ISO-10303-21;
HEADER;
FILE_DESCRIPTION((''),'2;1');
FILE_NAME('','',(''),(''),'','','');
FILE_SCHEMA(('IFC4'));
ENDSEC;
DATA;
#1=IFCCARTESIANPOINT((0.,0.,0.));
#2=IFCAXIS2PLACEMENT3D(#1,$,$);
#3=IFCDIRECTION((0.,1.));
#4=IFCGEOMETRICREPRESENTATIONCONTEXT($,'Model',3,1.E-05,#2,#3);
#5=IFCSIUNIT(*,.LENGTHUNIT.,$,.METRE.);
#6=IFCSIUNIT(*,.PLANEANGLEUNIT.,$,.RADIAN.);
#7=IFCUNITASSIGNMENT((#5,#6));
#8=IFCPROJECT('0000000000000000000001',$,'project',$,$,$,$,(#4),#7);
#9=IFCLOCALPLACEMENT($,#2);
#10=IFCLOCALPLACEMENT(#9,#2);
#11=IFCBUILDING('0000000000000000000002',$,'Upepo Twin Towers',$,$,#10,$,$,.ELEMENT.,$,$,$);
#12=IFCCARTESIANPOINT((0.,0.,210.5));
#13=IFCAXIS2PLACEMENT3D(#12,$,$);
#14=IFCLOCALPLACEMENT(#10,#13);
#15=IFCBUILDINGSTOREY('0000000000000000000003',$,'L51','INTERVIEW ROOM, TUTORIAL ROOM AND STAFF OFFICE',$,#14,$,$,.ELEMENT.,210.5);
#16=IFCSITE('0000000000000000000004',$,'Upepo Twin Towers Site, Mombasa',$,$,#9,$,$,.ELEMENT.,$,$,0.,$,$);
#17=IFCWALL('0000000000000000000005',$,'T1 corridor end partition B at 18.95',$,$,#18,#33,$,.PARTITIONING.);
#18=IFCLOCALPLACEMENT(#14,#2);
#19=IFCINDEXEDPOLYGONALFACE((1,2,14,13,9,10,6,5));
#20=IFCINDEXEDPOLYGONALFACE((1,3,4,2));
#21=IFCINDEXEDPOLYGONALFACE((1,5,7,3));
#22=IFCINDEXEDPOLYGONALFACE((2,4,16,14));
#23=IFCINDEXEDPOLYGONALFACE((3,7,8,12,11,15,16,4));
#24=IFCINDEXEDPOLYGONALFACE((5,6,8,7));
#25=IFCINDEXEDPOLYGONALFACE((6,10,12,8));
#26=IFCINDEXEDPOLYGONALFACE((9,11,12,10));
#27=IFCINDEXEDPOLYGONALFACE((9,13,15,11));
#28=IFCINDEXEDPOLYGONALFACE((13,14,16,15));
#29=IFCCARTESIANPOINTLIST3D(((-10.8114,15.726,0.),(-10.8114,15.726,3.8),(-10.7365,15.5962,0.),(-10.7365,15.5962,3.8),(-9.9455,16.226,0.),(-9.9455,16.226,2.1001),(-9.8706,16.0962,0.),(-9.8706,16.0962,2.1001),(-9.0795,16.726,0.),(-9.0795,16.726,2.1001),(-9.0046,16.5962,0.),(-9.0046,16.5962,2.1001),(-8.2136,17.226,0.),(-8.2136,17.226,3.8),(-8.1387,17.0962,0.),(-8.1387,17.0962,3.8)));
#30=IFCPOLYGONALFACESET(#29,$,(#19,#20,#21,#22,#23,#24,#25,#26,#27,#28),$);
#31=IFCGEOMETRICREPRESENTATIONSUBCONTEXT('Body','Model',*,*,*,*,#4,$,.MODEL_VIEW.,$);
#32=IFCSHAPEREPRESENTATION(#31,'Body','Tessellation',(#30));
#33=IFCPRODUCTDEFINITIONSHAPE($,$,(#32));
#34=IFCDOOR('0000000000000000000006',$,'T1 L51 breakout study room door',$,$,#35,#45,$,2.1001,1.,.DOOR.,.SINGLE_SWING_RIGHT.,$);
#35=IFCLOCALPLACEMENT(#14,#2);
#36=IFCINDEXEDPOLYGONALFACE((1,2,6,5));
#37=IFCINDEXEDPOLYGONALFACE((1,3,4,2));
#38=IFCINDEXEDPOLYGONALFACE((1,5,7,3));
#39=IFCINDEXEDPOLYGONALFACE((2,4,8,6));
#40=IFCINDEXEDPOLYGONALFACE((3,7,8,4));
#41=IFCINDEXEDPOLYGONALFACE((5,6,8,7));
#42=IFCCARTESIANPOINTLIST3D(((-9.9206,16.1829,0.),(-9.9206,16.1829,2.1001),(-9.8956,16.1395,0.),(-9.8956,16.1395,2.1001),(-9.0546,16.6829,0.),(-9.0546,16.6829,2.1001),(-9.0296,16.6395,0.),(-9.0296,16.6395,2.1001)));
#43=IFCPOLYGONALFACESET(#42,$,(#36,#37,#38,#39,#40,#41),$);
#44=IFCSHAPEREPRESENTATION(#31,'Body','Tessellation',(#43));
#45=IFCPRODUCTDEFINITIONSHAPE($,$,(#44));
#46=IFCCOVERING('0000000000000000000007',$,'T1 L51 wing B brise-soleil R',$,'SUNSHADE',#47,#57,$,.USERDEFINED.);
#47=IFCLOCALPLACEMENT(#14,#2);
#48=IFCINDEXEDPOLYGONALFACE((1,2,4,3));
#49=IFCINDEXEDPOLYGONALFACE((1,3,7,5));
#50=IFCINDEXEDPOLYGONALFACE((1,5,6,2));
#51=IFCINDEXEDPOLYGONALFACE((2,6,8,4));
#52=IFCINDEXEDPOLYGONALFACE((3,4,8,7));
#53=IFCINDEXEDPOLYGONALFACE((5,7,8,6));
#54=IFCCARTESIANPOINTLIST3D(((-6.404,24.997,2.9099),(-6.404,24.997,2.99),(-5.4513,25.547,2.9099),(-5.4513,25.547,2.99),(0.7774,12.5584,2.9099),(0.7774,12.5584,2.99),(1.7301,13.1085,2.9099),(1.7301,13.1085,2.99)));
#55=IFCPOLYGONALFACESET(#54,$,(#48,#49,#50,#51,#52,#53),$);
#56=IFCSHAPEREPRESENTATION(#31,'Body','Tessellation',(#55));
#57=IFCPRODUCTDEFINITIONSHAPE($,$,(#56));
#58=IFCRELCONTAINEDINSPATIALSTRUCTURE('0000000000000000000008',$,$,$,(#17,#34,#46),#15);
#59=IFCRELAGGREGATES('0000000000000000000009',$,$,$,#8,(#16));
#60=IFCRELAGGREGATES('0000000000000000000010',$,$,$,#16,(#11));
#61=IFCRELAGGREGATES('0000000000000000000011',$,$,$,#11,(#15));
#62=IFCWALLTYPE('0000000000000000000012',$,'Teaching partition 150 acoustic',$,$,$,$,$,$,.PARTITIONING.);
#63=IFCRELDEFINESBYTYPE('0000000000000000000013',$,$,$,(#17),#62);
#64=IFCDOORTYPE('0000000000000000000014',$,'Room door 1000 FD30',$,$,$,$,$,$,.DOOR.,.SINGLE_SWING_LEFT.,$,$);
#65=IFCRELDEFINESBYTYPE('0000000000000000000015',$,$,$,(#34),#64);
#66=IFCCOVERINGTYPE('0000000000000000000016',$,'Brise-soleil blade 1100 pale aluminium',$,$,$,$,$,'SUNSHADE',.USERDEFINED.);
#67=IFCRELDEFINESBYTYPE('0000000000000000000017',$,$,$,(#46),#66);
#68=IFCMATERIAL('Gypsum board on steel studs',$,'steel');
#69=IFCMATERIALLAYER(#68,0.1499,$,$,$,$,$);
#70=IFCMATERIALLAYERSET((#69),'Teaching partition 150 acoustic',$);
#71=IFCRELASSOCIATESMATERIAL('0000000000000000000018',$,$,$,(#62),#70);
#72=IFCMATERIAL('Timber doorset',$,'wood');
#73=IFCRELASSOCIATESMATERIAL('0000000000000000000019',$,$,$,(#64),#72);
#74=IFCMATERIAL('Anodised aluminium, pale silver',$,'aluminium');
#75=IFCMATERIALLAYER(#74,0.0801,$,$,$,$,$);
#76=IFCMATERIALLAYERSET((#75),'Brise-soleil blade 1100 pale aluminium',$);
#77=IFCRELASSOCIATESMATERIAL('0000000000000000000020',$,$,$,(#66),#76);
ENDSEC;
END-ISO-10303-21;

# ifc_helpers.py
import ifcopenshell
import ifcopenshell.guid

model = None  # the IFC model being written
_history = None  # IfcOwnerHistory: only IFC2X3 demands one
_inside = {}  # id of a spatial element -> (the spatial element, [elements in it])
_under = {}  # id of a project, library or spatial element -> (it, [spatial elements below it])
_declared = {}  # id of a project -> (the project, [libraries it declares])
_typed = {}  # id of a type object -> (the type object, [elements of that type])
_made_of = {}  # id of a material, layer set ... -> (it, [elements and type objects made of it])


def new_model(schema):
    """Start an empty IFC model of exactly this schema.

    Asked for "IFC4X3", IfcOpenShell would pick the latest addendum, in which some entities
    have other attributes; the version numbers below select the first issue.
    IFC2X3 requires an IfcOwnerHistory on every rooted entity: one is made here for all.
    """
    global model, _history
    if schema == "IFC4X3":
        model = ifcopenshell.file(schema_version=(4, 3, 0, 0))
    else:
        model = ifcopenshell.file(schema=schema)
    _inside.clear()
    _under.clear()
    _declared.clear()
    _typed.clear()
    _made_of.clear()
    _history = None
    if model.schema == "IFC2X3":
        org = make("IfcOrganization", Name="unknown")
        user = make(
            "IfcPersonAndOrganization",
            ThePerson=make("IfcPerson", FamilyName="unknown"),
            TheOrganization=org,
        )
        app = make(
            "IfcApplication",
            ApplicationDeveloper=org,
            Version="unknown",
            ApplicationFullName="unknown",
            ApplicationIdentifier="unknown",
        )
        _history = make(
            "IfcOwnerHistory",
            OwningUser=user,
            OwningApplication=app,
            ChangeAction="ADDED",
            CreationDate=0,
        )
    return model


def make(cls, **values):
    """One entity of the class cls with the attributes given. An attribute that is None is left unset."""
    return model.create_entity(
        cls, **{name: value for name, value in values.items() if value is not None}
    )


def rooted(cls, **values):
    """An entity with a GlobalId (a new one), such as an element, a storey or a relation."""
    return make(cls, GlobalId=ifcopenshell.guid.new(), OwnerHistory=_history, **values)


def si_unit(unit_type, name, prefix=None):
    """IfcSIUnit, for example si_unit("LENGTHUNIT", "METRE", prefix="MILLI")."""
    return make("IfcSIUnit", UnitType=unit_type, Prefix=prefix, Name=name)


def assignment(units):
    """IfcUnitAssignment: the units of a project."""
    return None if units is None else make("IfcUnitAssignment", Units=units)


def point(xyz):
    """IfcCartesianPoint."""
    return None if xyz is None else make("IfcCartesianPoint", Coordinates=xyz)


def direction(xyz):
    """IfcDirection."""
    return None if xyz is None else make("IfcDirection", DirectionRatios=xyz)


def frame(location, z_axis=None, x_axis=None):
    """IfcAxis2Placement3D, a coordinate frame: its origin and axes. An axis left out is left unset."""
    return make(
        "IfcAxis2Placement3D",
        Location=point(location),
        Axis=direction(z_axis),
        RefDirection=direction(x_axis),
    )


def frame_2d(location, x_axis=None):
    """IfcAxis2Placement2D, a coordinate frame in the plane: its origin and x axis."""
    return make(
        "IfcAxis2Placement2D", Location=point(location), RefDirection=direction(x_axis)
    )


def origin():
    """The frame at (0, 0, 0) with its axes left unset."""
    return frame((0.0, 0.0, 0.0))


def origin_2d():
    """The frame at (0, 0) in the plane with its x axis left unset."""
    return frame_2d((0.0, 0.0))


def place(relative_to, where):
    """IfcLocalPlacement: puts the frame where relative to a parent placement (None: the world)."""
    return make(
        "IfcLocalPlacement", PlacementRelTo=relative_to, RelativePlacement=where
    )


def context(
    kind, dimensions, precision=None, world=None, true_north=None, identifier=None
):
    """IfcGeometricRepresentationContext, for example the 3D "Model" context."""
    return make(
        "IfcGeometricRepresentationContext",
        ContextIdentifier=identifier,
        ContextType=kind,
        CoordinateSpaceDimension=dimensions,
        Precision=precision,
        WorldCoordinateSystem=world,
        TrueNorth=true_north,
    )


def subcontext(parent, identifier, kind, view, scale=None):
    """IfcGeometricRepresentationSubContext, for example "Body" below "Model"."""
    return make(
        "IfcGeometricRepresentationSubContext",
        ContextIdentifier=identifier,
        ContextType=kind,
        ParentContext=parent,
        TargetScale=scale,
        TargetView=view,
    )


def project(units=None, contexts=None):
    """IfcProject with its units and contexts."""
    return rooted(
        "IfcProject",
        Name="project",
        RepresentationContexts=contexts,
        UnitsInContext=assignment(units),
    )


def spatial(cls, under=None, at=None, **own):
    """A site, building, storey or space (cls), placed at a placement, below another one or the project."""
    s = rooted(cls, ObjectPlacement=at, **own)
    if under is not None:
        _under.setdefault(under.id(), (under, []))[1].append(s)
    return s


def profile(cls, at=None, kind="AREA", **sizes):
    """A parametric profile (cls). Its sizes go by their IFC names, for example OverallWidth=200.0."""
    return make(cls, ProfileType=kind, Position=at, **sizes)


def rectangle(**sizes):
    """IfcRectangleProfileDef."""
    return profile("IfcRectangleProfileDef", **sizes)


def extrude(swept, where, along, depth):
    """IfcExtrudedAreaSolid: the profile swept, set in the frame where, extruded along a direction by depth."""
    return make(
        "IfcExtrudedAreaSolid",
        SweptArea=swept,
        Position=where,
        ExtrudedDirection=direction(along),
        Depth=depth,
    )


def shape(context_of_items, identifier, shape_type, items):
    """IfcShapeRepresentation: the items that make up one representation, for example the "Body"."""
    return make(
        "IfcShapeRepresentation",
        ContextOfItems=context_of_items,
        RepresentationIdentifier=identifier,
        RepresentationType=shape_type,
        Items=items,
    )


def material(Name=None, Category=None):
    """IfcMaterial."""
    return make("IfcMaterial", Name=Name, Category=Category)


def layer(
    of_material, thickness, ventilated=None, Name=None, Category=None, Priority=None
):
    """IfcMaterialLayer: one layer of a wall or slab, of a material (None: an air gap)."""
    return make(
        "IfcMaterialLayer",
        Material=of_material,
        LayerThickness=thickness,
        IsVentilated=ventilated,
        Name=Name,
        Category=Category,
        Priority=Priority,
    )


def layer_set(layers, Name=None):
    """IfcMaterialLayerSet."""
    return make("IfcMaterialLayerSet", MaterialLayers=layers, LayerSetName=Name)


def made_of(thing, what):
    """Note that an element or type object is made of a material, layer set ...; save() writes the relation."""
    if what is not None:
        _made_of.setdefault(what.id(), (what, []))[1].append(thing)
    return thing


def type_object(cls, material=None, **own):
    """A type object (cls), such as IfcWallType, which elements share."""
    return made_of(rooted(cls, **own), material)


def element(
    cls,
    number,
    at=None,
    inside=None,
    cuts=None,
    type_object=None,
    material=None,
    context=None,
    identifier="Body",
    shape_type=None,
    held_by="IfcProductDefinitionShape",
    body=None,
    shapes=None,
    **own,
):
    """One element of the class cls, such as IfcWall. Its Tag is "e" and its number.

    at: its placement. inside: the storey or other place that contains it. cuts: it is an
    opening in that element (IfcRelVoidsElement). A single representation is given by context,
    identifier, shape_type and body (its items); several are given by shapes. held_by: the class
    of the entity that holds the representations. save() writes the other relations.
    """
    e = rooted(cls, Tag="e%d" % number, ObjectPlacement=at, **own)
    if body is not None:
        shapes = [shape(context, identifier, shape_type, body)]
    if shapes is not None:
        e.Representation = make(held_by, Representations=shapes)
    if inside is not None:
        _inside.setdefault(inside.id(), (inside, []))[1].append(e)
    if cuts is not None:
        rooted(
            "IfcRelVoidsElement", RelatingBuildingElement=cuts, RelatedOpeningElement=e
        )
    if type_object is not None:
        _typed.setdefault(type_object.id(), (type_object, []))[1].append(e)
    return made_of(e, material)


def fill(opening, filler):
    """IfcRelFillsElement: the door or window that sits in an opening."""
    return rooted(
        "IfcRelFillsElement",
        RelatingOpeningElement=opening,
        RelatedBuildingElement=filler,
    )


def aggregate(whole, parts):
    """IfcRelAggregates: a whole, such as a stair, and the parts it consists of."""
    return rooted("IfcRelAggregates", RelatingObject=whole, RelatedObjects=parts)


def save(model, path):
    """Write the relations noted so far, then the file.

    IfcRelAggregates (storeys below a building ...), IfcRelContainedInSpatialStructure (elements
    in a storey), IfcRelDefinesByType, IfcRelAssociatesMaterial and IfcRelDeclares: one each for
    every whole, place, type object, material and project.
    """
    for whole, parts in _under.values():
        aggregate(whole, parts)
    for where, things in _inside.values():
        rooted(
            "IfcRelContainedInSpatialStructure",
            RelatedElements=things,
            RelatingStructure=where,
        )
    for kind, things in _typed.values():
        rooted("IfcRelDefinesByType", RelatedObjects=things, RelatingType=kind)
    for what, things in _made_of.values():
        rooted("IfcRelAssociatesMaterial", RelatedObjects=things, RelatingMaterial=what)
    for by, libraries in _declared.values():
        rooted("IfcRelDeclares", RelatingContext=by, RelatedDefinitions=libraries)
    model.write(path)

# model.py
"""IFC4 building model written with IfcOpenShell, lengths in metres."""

from ifc_helpers import new_model, si_unit, direction, frame, frame_2d, origin, origin_2d, place, context, subcontext, project, spatial, rectangle, extrude, material, layer, layer_set, type_object, element, fill, save


model = new_model("IFC4")

# Units and contexts
model_context = context("Model", 3, precision=1e-05, world=origin(), true_north=direction((0.0, 1.0)))
body_context = subcontext(model_context, "Body", "Model", "MODEL_VIEW")
ifc_project = project(units=[si_unit("LENGTHUNIT", "METRE"), si_unit("PLANEANGLEUNIT", "RADIAN")], contexts=[model_context])

# Site, building, storey
site_placement = place(None, origin())
site = spatial("IfcSite", under=ifc_project, at=site_placement, Name="Upepo Twin Towers Site, Mombasa", CompositionType="ELEMENT", RefElevation=0.0)
building_placement = place(site_placement, origin())
building = spatial("IfcBuilding", under=site, at=building_placement, Name="Upepo Twin Towers", CompositionType="ELEMENT")
storey_placement = place(building_placement, frame((0.0, 0.0, 210.5)))
storey = spatial("IfcBuildingStorey", under=building, at=storey_placement, Name="L51", Description="INTERVIEW ROOM, TUTORIAL ROOM AND STAFF OFFICE", CompositionType="ELEMENT", Elevation=210.5)

# Shared definitions
ifc_material_1 = material(Name="Gypsum board on steel studs", Category="steel")
ifc_layer_1 = layer(ifc_material_1, 0.1499)
ifc_layer_set_1 = layer_set([ifc_layer_1], Name="Teaching partition 150 acoustic")
wall_type_1 = type_object("IfcWallType", Name="Teaching partition 150 acoustic", PredefinedType="PARTITIONING", material=ifc_layer_set_1)

# Wall, opening, door
ifc_material_2 = material(Name="Timber doorset", Category="wood")
door_type = type_object("IfcDoorType", Name="Room door 1000 FD30", OperationType="SINGLE_SWING_LEFT", PredefinedType="DOOR", material=ifc_material_2)
wall_1_placement = place(storey_placement, frame((-8.176, 17.1611, 0.0), z_axis=(0.0, 0.0, 1.0), x_axis=(-0.866011, -0.500025, 0.0)))
wall_1 = element("IfcWall", 1, at=wall_1_placement, inside=storey, type_object=wall_type_1, Name="T1 corridor end partition B at 18.95", PredefinedType="PARTITIONING", context=body_context, shape_type="SweptSolid", body=[
    extrude(rectangle(XDim=2.9998, YDim=0.1499, at=frame_2d((1.5, 0.0))), origin(), (0.0, 0.0, 1.0), 3.8),
])
opening_1_placement = place(wall_1_placement, frame((1.0, 0.0, 0.0)))
opening_1 = element("IfcOpeningElement", 2, at=opening_1_placement, cuts=wall_1, PredefinedType="OPENING", context=body_context, shape_type="SweptSolid", body=[
    extrude(rectangle(XDim=1.0, YDim=2.1001, at=frame_2d((0.5, 1.05))), frame((0.0, 0.085, 0.0), z_axis=(0.0, -1.0, 0.0), x_axis=(1.0, 0.0, 0.0)), (0.0, 0.0, 1.0), 0.1699),
])
door_1_placement = place(opening_1_placement, origin())
door_1 = element("IfcDoor", 3, at=door_1_placement, inside=storey, type_object=door_type, Name="T1 L51 breakout study room door", OperationType="SINGLE_SWING_RIGHT", OverallHeight=2.1001, OverallWidth=1.0, PredefinedType="DOOR", context=body_context, shape_type="SweptSolid", body=[
    extrude(rectangle(XDim=1.0, YDim=2.1001, at=frame_2d((0.5, 1.05))), frame((0.0, 0.0249, 0.0), z_axis=(0.0, -1.0, 0.0), x_axis=(1.0, 0.0, 0.0)), (0.0, 0.0, 1.0), 0.05),
])
fill(opening_1, door_1)

# Covering
ifc_material_3 = material(Name="Anodised aluminium, pale silver", Category="aluminium")
ifc_layer_2 = layer(ifc_material_3, 0.0801)
ifc_layer_set_2 = layer_set([ifc_layer_2], Name="Brise-soleil blade 1100 pale aluminium")
covering_type = type_object("IfcCoveringType", Name="Brise-soleil blade 1100 pale aluminium", ElementType="SUNSHADE", PredefinedType="USERDEFINED", material=ifc_layer_set_2)
covering_placement = place(storey_placement, frame((-2.3369, 19.0527, 2.9099), z_axis=(0.0, 0.0, 1.0), x_axis=(-0.5, 0.866025, 0.0)))
element("IfcCovering", 4, at=covering_placement, inside=storey, type_object=covering_type, Name="T1 L51 wing B brise-soleil R", ObjectType="SUNSHADE", PredefinedType="USERDEFINED", context=body_context, shape_type="SweptSolid", body=[
    extrude(rectangle(XDim=14.3628, YDim=1.1001, at=origin_2d()), origin(), (0.0, 0.0, 1.0), 0.0801),
])

save(model, "model.ifc")
